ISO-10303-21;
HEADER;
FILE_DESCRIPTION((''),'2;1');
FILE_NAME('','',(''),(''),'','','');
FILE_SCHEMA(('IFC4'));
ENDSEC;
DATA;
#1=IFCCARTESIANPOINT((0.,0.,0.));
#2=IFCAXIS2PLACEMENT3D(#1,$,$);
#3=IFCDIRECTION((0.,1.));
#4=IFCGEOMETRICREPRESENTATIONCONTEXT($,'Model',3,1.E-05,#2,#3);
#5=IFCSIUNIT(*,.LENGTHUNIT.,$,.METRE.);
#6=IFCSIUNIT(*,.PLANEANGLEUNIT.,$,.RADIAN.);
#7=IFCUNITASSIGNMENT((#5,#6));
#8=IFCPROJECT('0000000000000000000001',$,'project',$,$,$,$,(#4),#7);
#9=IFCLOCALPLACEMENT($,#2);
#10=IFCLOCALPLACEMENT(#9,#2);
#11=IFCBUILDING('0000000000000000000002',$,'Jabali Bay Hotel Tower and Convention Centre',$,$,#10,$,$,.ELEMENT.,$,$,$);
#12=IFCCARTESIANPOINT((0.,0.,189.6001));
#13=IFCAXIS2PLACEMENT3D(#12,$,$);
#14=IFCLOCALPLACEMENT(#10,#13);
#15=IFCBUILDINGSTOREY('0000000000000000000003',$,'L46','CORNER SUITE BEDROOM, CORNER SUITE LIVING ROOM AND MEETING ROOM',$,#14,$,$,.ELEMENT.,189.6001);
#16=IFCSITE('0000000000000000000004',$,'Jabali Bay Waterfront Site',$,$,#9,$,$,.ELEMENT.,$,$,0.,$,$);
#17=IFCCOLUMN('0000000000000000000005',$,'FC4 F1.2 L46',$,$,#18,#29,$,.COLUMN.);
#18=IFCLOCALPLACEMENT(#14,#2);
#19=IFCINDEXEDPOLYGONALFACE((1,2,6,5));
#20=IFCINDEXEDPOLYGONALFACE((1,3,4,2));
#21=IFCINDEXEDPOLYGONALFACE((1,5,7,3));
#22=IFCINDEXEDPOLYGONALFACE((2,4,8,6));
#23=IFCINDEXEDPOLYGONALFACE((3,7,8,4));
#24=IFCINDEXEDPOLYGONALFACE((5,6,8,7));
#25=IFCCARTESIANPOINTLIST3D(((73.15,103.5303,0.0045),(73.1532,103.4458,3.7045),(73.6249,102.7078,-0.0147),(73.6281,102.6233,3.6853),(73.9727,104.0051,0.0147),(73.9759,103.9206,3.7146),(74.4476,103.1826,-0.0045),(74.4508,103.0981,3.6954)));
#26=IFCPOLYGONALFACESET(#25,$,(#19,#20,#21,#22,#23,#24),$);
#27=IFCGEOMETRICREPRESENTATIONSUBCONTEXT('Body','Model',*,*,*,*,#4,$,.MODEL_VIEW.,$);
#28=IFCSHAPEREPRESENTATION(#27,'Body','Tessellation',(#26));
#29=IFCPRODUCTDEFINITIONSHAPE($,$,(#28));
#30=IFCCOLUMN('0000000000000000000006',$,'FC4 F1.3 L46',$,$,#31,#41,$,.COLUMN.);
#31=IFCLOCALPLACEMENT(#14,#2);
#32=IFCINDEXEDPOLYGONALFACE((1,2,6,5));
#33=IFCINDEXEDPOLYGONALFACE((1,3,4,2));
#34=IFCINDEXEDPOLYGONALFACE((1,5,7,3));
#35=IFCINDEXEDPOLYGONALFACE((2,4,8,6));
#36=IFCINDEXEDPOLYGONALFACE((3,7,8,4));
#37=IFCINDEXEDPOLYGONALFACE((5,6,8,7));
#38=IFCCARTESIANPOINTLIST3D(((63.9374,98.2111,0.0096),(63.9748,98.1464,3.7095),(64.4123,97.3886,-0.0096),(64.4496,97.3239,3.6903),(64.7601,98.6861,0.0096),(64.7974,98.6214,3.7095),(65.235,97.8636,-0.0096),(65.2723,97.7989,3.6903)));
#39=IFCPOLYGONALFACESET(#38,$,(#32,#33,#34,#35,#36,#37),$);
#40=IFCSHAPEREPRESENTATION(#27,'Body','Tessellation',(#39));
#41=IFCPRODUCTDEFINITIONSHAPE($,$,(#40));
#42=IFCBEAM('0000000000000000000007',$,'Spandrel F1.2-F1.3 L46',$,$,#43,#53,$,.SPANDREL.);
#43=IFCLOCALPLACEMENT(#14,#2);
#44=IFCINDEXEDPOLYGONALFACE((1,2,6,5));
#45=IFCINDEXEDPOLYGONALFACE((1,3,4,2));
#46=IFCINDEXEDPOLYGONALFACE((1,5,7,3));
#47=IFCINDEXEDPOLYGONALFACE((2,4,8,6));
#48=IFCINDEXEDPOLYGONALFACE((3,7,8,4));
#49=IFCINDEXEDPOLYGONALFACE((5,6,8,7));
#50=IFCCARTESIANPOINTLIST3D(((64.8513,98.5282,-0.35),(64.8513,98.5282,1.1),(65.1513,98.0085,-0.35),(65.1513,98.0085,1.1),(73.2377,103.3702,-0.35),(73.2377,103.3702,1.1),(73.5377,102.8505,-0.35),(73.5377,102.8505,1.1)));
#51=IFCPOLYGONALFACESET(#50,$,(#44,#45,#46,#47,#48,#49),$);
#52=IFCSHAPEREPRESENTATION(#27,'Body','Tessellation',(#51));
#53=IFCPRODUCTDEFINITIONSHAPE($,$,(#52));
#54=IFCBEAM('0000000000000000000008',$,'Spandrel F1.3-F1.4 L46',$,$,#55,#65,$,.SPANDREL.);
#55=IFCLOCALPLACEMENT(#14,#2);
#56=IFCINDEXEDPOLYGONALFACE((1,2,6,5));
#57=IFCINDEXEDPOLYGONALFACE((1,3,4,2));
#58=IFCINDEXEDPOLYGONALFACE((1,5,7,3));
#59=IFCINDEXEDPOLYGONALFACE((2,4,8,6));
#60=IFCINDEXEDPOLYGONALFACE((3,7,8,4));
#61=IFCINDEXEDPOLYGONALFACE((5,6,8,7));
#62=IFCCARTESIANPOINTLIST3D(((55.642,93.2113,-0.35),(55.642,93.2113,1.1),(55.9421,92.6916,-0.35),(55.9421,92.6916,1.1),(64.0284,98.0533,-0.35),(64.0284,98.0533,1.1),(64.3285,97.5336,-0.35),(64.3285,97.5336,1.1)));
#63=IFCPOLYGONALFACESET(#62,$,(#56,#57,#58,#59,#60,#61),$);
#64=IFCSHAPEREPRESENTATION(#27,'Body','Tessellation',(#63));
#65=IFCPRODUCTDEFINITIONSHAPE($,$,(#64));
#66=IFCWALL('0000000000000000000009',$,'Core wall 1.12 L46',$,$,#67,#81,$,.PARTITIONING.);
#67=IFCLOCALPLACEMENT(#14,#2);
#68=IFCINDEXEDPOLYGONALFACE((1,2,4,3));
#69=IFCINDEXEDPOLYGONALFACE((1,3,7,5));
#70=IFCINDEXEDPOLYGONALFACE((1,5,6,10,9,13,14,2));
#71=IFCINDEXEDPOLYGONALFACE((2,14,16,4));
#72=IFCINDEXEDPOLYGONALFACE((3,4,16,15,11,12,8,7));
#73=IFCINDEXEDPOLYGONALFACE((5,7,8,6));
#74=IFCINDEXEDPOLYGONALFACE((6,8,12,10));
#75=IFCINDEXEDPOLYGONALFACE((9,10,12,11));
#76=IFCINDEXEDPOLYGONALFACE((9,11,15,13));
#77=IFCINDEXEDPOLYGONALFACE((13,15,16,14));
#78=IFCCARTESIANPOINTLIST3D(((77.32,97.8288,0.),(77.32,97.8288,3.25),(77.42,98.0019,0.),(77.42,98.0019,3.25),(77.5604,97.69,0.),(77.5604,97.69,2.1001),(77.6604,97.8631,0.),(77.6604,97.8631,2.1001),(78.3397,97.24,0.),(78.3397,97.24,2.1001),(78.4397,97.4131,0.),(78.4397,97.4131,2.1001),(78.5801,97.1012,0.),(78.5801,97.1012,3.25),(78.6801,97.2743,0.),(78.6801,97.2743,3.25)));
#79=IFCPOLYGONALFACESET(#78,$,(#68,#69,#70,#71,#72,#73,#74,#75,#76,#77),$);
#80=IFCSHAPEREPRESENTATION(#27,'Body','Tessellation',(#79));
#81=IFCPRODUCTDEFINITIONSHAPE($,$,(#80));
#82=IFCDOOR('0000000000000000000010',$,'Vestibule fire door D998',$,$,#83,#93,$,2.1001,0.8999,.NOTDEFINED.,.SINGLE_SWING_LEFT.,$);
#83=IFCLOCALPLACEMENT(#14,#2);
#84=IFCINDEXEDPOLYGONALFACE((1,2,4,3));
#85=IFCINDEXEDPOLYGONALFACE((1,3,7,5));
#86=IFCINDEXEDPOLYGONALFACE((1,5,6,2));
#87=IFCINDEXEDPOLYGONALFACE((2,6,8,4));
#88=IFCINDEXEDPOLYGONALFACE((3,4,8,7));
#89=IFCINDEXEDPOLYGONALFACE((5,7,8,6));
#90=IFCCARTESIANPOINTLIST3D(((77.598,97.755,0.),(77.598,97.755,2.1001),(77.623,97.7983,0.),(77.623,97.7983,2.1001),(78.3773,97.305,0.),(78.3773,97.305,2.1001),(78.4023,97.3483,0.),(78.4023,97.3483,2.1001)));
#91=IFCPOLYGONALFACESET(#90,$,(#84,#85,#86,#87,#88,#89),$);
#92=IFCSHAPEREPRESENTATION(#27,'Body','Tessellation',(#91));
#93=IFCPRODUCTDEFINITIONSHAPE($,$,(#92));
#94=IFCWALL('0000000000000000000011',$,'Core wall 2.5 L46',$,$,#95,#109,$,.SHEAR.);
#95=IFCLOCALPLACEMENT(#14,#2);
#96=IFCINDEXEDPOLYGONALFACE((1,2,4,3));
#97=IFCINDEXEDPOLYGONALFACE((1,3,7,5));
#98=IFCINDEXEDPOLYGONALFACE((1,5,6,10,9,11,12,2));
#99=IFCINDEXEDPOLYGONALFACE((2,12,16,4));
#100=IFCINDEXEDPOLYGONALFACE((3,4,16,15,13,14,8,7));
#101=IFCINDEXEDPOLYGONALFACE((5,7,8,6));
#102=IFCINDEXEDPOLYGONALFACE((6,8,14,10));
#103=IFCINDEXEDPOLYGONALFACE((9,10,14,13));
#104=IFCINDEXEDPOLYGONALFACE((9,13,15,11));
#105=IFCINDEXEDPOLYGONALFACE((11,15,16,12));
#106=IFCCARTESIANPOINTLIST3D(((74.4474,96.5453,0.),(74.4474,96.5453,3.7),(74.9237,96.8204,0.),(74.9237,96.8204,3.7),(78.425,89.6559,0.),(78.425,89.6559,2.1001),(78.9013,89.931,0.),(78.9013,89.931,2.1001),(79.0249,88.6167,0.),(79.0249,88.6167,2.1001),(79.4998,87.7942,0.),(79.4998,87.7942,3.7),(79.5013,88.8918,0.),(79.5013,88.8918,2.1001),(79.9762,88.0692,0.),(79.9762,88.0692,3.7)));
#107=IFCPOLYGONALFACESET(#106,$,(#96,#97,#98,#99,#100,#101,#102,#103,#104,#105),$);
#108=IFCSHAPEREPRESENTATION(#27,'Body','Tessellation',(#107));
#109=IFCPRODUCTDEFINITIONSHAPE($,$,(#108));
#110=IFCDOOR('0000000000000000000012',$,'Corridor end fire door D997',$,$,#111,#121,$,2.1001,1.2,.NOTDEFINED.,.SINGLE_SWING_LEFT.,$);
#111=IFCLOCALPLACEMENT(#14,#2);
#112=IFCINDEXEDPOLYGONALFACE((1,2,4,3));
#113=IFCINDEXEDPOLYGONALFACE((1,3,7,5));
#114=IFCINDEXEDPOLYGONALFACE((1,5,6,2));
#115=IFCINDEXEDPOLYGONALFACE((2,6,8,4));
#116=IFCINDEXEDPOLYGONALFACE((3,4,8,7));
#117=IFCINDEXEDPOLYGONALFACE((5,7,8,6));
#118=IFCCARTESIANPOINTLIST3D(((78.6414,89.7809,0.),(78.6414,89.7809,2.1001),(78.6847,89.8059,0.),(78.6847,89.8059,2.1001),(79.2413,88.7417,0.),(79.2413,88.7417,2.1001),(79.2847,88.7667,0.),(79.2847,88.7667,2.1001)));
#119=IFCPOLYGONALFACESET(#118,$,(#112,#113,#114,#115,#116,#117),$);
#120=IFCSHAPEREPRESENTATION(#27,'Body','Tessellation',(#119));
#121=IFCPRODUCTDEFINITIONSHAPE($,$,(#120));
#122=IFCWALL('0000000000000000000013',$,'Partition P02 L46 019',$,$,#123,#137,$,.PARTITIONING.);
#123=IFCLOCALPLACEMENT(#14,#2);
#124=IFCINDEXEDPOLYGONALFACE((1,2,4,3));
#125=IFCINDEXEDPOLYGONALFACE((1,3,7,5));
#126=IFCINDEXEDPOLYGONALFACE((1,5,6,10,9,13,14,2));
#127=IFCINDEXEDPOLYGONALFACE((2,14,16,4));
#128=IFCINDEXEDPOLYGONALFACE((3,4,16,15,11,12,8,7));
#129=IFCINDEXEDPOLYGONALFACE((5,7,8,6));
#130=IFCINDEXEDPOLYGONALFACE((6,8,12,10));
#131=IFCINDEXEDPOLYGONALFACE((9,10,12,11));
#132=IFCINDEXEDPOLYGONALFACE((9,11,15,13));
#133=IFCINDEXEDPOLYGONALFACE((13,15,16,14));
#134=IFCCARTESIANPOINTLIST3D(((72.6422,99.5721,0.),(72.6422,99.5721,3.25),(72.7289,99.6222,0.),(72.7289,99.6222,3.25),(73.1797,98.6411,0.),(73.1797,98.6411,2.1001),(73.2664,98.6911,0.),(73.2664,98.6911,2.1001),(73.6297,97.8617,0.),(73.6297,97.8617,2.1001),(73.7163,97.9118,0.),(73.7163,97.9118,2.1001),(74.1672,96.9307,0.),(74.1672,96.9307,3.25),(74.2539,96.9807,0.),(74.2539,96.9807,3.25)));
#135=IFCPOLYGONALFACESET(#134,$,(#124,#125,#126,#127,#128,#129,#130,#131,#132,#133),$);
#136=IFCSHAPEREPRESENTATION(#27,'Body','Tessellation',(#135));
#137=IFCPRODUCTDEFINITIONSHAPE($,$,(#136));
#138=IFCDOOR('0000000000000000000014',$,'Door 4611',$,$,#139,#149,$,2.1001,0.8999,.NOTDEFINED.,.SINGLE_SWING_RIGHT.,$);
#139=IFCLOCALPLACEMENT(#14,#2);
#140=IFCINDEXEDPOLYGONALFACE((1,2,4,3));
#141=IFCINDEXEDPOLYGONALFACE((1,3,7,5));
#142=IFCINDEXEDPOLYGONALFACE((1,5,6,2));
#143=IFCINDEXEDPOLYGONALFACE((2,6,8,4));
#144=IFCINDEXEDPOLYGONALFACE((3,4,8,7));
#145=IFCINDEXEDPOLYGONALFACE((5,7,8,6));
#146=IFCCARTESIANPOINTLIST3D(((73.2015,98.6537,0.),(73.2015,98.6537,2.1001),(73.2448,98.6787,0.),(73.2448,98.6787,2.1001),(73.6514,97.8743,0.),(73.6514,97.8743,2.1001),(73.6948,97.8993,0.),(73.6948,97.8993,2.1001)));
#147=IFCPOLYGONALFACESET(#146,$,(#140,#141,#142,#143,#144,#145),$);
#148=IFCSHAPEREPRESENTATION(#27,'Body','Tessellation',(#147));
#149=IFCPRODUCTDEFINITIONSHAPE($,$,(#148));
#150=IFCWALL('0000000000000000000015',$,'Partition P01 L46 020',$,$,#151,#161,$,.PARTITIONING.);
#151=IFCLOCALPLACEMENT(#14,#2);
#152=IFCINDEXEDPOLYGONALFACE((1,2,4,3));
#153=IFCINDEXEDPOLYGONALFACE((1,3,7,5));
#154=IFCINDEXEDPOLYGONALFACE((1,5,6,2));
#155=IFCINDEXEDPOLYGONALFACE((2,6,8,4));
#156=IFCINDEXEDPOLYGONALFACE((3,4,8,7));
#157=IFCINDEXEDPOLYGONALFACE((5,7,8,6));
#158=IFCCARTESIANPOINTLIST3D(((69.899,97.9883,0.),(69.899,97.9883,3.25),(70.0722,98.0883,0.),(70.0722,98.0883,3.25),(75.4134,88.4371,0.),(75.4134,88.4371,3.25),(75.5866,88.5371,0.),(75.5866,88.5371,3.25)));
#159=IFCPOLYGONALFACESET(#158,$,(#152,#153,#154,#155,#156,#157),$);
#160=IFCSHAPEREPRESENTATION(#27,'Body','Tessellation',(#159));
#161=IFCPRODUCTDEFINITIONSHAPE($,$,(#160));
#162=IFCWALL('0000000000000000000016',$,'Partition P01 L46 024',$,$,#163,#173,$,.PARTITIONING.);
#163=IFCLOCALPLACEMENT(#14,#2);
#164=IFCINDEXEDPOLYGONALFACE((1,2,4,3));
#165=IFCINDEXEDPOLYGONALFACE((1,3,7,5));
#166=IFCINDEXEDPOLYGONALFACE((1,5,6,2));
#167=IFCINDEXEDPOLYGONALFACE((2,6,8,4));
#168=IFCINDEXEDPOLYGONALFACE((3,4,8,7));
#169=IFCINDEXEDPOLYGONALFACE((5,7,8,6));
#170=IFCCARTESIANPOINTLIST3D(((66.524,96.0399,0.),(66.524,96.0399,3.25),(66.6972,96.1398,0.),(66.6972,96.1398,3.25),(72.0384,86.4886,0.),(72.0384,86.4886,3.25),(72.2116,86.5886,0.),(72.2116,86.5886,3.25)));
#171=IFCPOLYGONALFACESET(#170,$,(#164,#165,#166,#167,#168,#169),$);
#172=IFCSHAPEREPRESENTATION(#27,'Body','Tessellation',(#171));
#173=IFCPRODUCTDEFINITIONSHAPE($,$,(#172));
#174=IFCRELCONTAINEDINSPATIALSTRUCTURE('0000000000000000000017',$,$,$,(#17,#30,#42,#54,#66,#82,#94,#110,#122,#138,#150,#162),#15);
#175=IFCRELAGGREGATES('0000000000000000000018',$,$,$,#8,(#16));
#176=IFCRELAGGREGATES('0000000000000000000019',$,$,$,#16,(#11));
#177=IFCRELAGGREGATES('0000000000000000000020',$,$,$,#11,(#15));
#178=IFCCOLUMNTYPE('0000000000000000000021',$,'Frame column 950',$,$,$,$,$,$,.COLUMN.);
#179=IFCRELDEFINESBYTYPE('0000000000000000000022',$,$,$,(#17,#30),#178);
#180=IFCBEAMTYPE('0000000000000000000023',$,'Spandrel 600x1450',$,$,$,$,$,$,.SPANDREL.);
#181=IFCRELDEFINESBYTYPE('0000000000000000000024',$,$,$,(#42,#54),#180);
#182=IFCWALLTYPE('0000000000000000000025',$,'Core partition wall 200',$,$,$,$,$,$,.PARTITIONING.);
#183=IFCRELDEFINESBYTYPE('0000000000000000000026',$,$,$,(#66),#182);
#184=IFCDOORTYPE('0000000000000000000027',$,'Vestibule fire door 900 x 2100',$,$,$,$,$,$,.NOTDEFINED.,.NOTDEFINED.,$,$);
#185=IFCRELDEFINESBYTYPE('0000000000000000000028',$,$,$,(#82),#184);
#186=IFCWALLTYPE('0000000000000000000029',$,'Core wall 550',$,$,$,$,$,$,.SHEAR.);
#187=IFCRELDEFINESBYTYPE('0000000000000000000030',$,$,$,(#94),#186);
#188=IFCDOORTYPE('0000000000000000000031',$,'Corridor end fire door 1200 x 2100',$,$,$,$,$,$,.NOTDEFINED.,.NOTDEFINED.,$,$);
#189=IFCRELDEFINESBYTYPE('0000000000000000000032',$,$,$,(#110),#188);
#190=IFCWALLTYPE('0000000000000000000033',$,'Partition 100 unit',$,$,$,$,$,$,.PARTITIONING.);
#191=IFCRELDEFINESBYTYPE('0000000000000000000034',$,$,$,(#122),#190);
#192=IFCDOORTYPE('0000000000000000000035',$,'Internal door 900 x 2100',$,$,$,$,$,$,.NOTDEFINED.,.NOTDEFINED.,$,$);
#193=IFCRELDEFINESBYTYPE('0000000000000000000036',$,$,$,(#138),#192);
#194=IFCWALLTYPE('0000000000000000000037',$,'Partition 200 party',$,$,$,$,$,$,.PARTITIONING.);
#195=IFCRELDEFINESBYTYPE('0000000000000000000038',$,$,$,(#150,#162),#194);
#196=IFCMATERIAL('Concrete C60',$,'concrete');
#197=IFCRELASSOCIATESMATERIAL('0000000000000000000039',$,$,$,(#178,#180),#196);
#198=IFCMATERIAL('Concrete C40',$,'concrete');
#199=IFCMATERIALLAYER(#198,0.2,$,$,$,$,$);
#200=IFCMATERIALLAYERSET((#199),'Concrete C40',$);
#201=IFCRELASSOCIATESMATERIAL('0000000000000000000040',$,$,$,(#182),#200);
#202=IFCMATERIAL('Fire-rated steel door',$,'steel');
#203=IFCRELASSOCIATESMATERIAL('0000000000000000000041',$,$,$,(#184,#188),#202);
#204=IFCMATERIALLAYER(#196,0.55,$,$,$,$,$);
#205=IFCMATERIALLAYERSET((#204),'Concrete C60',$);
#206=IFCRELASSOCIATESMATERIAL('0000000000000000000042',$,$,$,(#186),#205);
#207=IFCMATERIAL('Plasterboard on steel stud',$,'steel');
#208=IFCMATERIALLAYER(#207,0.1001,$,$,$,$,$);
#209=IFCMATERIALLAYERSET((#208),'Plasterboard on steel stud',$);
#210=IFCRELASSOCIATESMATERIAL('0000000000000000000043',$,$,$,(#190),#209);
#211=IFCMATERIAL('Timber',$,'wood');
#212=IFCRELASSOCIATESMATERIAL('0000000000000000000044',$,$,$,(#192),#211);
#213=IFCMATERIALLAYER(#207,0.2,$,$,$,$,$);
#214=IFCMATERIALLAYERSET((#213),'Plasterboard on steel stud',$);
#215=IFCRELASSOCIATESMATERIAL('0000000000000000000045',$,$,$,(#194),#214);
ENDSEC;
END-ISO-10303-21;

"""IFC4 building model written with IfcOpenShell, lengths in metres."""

from ifc_helpers import new_model, si_unit, direction, frame, frame_2d, origin, origin_2d, place, context, subcontext, project, spatial, rectangle, extrude, material, layer, layer_set, material_profile, profile_set, type_object, element, fill, save


model = new_model("IFC4")

# Units and contexts
model_context = context("Model", 3, precision=1e-05, world=origin(), true_north=direction((0.0, 1.0)))
body_context = subcontext(model_context, "Body", "Model", "MODEL_VIEW")
ifc_project = project(units=[si_unit("LENGTHUNIT", "METRE"), si_unit("PLANEANGLEUNIT", "RADIAN")], contexts=[model_context])

# Site, building, storey
site_placement = place(None, origin())
site = spatial("IfcSite", under=ifc_project, at=site_placement, Name="Jabali Bay Waterfront Site", CompositionType="ELEMENT", RefElevation=0.0)
building_placement = place(site_placement, origin())
building = spatial("IfcBuilding", under=site, at=building_placement, Name="Jabali Bay Hotel Tower and Convention Centre", CompositionType="ELEMENT")
storey_placement = place(building_placement, frame((0.0, 0.0, 189.6001)))
storey = spatial("IfcBuildingStorey", under=building, at=storey_placement, Name="L46", Description="CORNER SUITE BEDROOM, CORNER SUITE LIVING ROOM AND MEETING ROOM", CompositionType="ELEMENT", Elevation=189.6001)

# Columns
ifc_material_1 = material(Name="Concrete C60", Category="concrete")
ifc_material_profile_1 = material_profile(ifc_material_1, rectangle(XDim=0.95, YDim=0.95, at=origin_2d()), Name="Frame column 950")
ifc_profile_set_1 = profile_set([ifc_material_profile_1], Name="Concrete C60")
column_type = type_object("IfcColumnType", Name="Frame column 950", PredefinedType="COLUMN", material=ifc_profile_set_1)
column_1_placement = place(storey_placement, frame((73.7988, 103.3564, 0.0), z_axis=(0.000858, -0.022825, 0.999739), x_axis=(0.866054, 0.499836, 0.010669)))
element("IfcColumn", 1, at=column_1_placement, inside=storey, type_object=column_type, Name="FC4 F1.2 L46", PredefinedType="COLUMN", context=body_context, shape_type="SweptSolid", body=[
    extrude(rectangle(XDim=0.95, YDim=0.95, at=origin_2d()), origin(), (0.0, 0.0, 1.0), 3.7009),
])
column_2_placement = place(storey_placement, frame((64.5862, 98.0374, 0.0), z_axis=(0.010094, -0.017482, 0.999796), x_axis=(0.866017, 0.500015, 0.0)))
element("IfcColumn", 2, at=column_2_placement, inside=storey, type_object=column_type, Name="FC4 F1.3 L46", PredefinedType="COLUMN", context=body_context, shape_type="SweptSolid", body=[
    extrude(rectangle(XDim=0.95, YDim=0.95, at=origin_2d()), origin(), (0.0, 0.0, 1.0), 3.7007),
])

# Beams
ifc_material_profile_2 = material_profile(ifc_material_1, rectangle(XDim=0.6001, YDim=1.45, at=origin_2d()), Name="Spandrel 600x1450")
ifc_profile_set_2 = profile_set([ifc_material_profile_2], Name="Concrete C60")
beam_type = type_object("IfcBeamType", Name="Spandrel 600x1450", PredefinedType="SPANDREL", material=ifc_profile_set_2)
for number, where, z_axis, x_axis, name in (
    (3, (73.3877, 103.1104, 0.375), (-0.866021, -0.500008, 0.0), (0.500008, -0.866021, 0.0), "Spandrel F1.2-F1.3 L46"),
    (4, (64.1785, 97.7935, 0.375), (-0.866021, -0.500008, 0.0), (0.500008, -0.866021, 0.0), "Spandrel F1.3-F1.4 L46"),
):
    element("IfcBeam", number, at=place(storey_placement, frame(where, z_axis=z_axis, x_axis=x_axis)), inside=storey, type_object=beam_type, Name=name, PredefinedType="SPANDREL", context=body_context, shape_type="SweptSolid", body=[
        extrude(rectangle(XDim=0.6001, YDim=1.45, at=origin_2d()), origin(), (0.0, 0.0, 1.0), 9.6838),
    ])

# Walls, openings, doors
ifc_material_2 = material(Name="Concrete C40", Category="concrete")
ifc_layer_1 = layer(ifc_material_2, 0.2)
ifc_layer_set_1 = layer_set([ifc_layer_1], Name="Concrete C40")
wall_type_1 = type_object("IfcWallType", Name="Core partition wall 200", PredefinedType="PARTITIONING", material=ifc_layer_set_1)
wall_1_placement = place(storey_placement, frame((78.6301, 97.1877, 0.0), z_axis=(0.0, 0.0, 1.0), x_axis=(-0.866004, 0.500037, 0.0)))
wall_1 = element("IfcWall", 5, at=wall_1_placement, inside=storey, type_object=wall_type_1, Name="Core wall 1.12 L46", PredefinedType="PARTITIONING", context=body_context, shape_type="SweptSolid", body=[
    extrude(rectangle(XDim=1.4551, YDim=0.2, at=frame_2d((0.7275, 0.0))), origin(), (0.0, 0.0, 1.0), 3.25),
])
opening_1_placement = place(wall_1_placement, frame((0.2776, 0.0, 0.0)))
opening_1 = element("IfcOpeningElement", 6, at=opening_1_placement, cuts=wall_1, PredefinedType="OPENING", context=body_context, shape_type="SweptSolid", body=[
    extrude(rectangle(XDim=0.8999, YDim=2.1001, at=frame_2d((0.45, 1.05))), frame((0.0, 0.1104, 0.0), z_axis=(0.0, -1.0, 0.0), x_axis=(1.0, 0.0, 0.0)), (0.0, 0.0, 1.0), 0.2209),
])
ifc_material_3 = material(Name="Fire-rated steel door", Category="steel")
door_type_1 = type_object("IfcDoorType", Name="Vestibule fire door 900 x 2100", OperationType="NOTDEFINED", PredefinedType="NOTDEFINED", material=ifc_material_3)
door_1_placement = place(opening_1_placement, origin())
door_1 = element("IfcDoor", 7, at=door_1_placement, inside=storey, type_object=door_type_1, Name="Vestibule fire door D998", OperationType="SINGLE_SWING_LEFT", OverallHeight=2.1001, OverallWidth=0.8999, PredefinedType="NOTDEFINED", context=body_context, shape_type="SweptSolid", body=[
    extrude(rectangle(XDim=0.8999, YDim=2.1001, at=frame_2d((0.45, 1.05))), frame((0.0, 0.0249, 0.0), z_axis=(0.0, -1.0, 0.0), x_axis=(1.0, 0.0, 0.0)), (0.0, 0.0, 1.0), 0.05),
])
fill(opening_1, door_1)
ifc_layer_2 = layer(ifc_material_1, 0.55)
ifc_layer_set_2 = layer_set([ifc_layer_2], Name="Concrete C60")
wall_type_2 = type_object("IfcWallType", Name="Core wall 550", PredefinedType="SHEAR", material=ifc_layer_set_2)
wall_2_placement = place(storey_placement, frame((74.6855, 96.6829, 0.0), z_axis=(0.0, 0.0, 1.0), x_axis=(0.499998, -0.866027, 0.0)))
wall_2 = element("IfcWall", 8, at=wall_2_placement, inside=storey, type_object=wall_type_2, Name="Core wall 2.5 L46", PredefinedType="SHEAR", context=body_context, shape_type="SweptSolid", body=[
    extrude(rectangle(XDim=10.105, YDim=0.55, at=frame_2d((5.0525, 0.0))), origin(), (0.0, 0.0, 1.0), 3.7),
])
opening_2_placement = place(wall_2_placement, frame((7.9551, 0.0, 0.0)))
opening_2 = element("IfcOpeningElement", 9, at=opening_2_placement, cuts=wall_2, PredefinedType="OPENING", context=body_context, shape_type="SweptSolid", body=[
    extrude(rectangle(XDim=1.2, YDim=2.1001, at=frame_2d((0.6001, 1.05))), frame((0.0, 0.2856, 0.0), z_axis=(0.0, -1.0, 0.0), x_axis=(1.0, 0.0, 0.0)), (0.0, 0.0, 1.0), 0.571),
])
door_type_2 = type_object("IfcDoorType", Name="Corridor end fire door 1200 x 2100", OperationType="NOTDEFINED", PredefinedType="NOTDEFINED", material=ifc_material_3)
door_2_placement = place(opening_2_placement, origin())
door_2 = element("IfcDoor", 10, at=door_2_placement, inside=storey, type_object=door_type_2, Name="Corridor end fire door D997", OperationType="SINGLE_SWING_LEFT", OverallHeight=2.1001, OverallWidth=1.2, PredefinedType="NOTDEFINED", context=body_context, shape_type="SweptSolid", body=[
    extrude(rectangle(XDim=1.2, YDim=2.1001, at=frame_2d((0.6001, 1.05))), frame((0.0, 0.0249, 0.0), z_axis=(0.0, -1.0, 0.0), x_axis=(1.0, 0.0, 0.0)), (0.0, 0.0, 1.0), 0.05),
])
fill(opening_2, door_2)
ifc_material_4 = material(Name="Plasterboard on steel stud", Category="steel")
ifc_layer_3 = layer(ifc_material_4, 0.1001)
ifc_layer_set_3 = layer_set([ifc_layer_3], Name="Plasterboard on steel stud")
wall_type_3 = type_object("IfcWallType", Name="Partition 100 unit", PredefinedType="PARTITIONING", material=ifc_layer_set_3)
wall_3_placement = place(storey_placement, frame((74.2104, 96.9558, 0.0), z_axis=(0.0, 0.0, 1.0), x_axis=(-0.499979, 0.866038, 0.0)))
wall_3 = element("IfcWall", 11, at=wall_3_placement, inside=storey, type_object=wall_type_3, Name="Partition P02 L46 019", PredefinedType="PARTITIONING", context=body_context, shape_type="SweptSolid", body=[
    extrude(rectangle(XDim=3.05, YDim=0.1001, at=frame_2d((1.5249, 0.0))), origin(), (0.0, 0.0, 1.0), 3.25),
])
opening_3_placement = place(wall_3_placement, frame((1.075, 0.0, 0.0)))
opening_3 = element("IfcOpeningElement", 12, at=opening_3_placement, cuts=wall_3, PredefinedType="OPENING", context=body_context, shape_type="SweptSolid", body=[
    extrude(rectangle(XDim=0.8999, YDim=2.1001, at=frame_2d((0.45, 1.05))), frame((0.0, 0.0605, 0.0), z_axis=(0.0, -1.0, 0.0), x_axis=(1.0, 0.0, 0.0)), (0.0, 0.0, 1.0), 0.1211),
])
ifc_material_5 = material(Name="Timber", Category="wood")
door_type_3 = type_object("IfcDoorType", Name="Internal door 900 x 2100", OperationType="NOTDEFINED", PredefinedType="NOTDEFINED", material=ifc_material_5)
door_3_placement = place(opening_3_placement, origin())
door_3 = element("IfcDoor", 13, at=door_3_placement, inside=storey, type_object=door_type_3, Name="Door 4611", OperationType="SINGLE_SWING_RIGHT", OverallHeight=2.1001, OverallWidth=0.8999, PredefinedType="NOTDEFINED", context=body_context, shape_type="SweptSolid", body=[
    extrude(rectangle(XDim=0.8999, YDim=2.1001, at=frame_2d((0.45, 1.05))), frame((0.0, 0.0249, 0.0), z_axis=(0.0, -1.0, 0.0), x_axis=(1.0, 0.0, 0.0)), (0.0, 0.0, 1.0), 0.05),
])
fill(opening_3, door_3)

# Walls
ifc_layer_4 = layer(ifc_material_4, 0.2)
ifc_layer_set_4 = layer_set([ifc_layer_4], Name="Plasterboard on steel stud")
wall_type_4 = type_object("IfcWallType", Name="Partition 200 party", PredefinedType="PARTITIONING", material=ifc_layer_set_4)
for number, where, z_axis, x_axis, name in (
    (14, (69.9856, 98.0383, 0.0), (0.0, 0.0, 1.0), (0.499998, -0.866026, 0.0), "Partition P01 L46 020"),
    (15, (66.6106, 96.0898, 0.0), (0.0, 0.0, 1.0), (0.499998, -0.866026, 0.0), "Partition P01 L46 024"),
):
    element("IfcWall", number, at=place(storey_placement, frame(where, z_axis=z_axis, x_axis=x_axis)), inside=storey, type_object=wall_type_4, Name=name, PredefinedType="PARTITIONING", context=body_context, shape_type="SweptSolid", body=[
        extrude(rectangle(XDim=11.0288, YDim=0.2, at=frame_2d((5.5144, 0.0))), origin(), (0.0, 0.0, 1.0), 3.25),
    ])

save(model, "model.ifc")
